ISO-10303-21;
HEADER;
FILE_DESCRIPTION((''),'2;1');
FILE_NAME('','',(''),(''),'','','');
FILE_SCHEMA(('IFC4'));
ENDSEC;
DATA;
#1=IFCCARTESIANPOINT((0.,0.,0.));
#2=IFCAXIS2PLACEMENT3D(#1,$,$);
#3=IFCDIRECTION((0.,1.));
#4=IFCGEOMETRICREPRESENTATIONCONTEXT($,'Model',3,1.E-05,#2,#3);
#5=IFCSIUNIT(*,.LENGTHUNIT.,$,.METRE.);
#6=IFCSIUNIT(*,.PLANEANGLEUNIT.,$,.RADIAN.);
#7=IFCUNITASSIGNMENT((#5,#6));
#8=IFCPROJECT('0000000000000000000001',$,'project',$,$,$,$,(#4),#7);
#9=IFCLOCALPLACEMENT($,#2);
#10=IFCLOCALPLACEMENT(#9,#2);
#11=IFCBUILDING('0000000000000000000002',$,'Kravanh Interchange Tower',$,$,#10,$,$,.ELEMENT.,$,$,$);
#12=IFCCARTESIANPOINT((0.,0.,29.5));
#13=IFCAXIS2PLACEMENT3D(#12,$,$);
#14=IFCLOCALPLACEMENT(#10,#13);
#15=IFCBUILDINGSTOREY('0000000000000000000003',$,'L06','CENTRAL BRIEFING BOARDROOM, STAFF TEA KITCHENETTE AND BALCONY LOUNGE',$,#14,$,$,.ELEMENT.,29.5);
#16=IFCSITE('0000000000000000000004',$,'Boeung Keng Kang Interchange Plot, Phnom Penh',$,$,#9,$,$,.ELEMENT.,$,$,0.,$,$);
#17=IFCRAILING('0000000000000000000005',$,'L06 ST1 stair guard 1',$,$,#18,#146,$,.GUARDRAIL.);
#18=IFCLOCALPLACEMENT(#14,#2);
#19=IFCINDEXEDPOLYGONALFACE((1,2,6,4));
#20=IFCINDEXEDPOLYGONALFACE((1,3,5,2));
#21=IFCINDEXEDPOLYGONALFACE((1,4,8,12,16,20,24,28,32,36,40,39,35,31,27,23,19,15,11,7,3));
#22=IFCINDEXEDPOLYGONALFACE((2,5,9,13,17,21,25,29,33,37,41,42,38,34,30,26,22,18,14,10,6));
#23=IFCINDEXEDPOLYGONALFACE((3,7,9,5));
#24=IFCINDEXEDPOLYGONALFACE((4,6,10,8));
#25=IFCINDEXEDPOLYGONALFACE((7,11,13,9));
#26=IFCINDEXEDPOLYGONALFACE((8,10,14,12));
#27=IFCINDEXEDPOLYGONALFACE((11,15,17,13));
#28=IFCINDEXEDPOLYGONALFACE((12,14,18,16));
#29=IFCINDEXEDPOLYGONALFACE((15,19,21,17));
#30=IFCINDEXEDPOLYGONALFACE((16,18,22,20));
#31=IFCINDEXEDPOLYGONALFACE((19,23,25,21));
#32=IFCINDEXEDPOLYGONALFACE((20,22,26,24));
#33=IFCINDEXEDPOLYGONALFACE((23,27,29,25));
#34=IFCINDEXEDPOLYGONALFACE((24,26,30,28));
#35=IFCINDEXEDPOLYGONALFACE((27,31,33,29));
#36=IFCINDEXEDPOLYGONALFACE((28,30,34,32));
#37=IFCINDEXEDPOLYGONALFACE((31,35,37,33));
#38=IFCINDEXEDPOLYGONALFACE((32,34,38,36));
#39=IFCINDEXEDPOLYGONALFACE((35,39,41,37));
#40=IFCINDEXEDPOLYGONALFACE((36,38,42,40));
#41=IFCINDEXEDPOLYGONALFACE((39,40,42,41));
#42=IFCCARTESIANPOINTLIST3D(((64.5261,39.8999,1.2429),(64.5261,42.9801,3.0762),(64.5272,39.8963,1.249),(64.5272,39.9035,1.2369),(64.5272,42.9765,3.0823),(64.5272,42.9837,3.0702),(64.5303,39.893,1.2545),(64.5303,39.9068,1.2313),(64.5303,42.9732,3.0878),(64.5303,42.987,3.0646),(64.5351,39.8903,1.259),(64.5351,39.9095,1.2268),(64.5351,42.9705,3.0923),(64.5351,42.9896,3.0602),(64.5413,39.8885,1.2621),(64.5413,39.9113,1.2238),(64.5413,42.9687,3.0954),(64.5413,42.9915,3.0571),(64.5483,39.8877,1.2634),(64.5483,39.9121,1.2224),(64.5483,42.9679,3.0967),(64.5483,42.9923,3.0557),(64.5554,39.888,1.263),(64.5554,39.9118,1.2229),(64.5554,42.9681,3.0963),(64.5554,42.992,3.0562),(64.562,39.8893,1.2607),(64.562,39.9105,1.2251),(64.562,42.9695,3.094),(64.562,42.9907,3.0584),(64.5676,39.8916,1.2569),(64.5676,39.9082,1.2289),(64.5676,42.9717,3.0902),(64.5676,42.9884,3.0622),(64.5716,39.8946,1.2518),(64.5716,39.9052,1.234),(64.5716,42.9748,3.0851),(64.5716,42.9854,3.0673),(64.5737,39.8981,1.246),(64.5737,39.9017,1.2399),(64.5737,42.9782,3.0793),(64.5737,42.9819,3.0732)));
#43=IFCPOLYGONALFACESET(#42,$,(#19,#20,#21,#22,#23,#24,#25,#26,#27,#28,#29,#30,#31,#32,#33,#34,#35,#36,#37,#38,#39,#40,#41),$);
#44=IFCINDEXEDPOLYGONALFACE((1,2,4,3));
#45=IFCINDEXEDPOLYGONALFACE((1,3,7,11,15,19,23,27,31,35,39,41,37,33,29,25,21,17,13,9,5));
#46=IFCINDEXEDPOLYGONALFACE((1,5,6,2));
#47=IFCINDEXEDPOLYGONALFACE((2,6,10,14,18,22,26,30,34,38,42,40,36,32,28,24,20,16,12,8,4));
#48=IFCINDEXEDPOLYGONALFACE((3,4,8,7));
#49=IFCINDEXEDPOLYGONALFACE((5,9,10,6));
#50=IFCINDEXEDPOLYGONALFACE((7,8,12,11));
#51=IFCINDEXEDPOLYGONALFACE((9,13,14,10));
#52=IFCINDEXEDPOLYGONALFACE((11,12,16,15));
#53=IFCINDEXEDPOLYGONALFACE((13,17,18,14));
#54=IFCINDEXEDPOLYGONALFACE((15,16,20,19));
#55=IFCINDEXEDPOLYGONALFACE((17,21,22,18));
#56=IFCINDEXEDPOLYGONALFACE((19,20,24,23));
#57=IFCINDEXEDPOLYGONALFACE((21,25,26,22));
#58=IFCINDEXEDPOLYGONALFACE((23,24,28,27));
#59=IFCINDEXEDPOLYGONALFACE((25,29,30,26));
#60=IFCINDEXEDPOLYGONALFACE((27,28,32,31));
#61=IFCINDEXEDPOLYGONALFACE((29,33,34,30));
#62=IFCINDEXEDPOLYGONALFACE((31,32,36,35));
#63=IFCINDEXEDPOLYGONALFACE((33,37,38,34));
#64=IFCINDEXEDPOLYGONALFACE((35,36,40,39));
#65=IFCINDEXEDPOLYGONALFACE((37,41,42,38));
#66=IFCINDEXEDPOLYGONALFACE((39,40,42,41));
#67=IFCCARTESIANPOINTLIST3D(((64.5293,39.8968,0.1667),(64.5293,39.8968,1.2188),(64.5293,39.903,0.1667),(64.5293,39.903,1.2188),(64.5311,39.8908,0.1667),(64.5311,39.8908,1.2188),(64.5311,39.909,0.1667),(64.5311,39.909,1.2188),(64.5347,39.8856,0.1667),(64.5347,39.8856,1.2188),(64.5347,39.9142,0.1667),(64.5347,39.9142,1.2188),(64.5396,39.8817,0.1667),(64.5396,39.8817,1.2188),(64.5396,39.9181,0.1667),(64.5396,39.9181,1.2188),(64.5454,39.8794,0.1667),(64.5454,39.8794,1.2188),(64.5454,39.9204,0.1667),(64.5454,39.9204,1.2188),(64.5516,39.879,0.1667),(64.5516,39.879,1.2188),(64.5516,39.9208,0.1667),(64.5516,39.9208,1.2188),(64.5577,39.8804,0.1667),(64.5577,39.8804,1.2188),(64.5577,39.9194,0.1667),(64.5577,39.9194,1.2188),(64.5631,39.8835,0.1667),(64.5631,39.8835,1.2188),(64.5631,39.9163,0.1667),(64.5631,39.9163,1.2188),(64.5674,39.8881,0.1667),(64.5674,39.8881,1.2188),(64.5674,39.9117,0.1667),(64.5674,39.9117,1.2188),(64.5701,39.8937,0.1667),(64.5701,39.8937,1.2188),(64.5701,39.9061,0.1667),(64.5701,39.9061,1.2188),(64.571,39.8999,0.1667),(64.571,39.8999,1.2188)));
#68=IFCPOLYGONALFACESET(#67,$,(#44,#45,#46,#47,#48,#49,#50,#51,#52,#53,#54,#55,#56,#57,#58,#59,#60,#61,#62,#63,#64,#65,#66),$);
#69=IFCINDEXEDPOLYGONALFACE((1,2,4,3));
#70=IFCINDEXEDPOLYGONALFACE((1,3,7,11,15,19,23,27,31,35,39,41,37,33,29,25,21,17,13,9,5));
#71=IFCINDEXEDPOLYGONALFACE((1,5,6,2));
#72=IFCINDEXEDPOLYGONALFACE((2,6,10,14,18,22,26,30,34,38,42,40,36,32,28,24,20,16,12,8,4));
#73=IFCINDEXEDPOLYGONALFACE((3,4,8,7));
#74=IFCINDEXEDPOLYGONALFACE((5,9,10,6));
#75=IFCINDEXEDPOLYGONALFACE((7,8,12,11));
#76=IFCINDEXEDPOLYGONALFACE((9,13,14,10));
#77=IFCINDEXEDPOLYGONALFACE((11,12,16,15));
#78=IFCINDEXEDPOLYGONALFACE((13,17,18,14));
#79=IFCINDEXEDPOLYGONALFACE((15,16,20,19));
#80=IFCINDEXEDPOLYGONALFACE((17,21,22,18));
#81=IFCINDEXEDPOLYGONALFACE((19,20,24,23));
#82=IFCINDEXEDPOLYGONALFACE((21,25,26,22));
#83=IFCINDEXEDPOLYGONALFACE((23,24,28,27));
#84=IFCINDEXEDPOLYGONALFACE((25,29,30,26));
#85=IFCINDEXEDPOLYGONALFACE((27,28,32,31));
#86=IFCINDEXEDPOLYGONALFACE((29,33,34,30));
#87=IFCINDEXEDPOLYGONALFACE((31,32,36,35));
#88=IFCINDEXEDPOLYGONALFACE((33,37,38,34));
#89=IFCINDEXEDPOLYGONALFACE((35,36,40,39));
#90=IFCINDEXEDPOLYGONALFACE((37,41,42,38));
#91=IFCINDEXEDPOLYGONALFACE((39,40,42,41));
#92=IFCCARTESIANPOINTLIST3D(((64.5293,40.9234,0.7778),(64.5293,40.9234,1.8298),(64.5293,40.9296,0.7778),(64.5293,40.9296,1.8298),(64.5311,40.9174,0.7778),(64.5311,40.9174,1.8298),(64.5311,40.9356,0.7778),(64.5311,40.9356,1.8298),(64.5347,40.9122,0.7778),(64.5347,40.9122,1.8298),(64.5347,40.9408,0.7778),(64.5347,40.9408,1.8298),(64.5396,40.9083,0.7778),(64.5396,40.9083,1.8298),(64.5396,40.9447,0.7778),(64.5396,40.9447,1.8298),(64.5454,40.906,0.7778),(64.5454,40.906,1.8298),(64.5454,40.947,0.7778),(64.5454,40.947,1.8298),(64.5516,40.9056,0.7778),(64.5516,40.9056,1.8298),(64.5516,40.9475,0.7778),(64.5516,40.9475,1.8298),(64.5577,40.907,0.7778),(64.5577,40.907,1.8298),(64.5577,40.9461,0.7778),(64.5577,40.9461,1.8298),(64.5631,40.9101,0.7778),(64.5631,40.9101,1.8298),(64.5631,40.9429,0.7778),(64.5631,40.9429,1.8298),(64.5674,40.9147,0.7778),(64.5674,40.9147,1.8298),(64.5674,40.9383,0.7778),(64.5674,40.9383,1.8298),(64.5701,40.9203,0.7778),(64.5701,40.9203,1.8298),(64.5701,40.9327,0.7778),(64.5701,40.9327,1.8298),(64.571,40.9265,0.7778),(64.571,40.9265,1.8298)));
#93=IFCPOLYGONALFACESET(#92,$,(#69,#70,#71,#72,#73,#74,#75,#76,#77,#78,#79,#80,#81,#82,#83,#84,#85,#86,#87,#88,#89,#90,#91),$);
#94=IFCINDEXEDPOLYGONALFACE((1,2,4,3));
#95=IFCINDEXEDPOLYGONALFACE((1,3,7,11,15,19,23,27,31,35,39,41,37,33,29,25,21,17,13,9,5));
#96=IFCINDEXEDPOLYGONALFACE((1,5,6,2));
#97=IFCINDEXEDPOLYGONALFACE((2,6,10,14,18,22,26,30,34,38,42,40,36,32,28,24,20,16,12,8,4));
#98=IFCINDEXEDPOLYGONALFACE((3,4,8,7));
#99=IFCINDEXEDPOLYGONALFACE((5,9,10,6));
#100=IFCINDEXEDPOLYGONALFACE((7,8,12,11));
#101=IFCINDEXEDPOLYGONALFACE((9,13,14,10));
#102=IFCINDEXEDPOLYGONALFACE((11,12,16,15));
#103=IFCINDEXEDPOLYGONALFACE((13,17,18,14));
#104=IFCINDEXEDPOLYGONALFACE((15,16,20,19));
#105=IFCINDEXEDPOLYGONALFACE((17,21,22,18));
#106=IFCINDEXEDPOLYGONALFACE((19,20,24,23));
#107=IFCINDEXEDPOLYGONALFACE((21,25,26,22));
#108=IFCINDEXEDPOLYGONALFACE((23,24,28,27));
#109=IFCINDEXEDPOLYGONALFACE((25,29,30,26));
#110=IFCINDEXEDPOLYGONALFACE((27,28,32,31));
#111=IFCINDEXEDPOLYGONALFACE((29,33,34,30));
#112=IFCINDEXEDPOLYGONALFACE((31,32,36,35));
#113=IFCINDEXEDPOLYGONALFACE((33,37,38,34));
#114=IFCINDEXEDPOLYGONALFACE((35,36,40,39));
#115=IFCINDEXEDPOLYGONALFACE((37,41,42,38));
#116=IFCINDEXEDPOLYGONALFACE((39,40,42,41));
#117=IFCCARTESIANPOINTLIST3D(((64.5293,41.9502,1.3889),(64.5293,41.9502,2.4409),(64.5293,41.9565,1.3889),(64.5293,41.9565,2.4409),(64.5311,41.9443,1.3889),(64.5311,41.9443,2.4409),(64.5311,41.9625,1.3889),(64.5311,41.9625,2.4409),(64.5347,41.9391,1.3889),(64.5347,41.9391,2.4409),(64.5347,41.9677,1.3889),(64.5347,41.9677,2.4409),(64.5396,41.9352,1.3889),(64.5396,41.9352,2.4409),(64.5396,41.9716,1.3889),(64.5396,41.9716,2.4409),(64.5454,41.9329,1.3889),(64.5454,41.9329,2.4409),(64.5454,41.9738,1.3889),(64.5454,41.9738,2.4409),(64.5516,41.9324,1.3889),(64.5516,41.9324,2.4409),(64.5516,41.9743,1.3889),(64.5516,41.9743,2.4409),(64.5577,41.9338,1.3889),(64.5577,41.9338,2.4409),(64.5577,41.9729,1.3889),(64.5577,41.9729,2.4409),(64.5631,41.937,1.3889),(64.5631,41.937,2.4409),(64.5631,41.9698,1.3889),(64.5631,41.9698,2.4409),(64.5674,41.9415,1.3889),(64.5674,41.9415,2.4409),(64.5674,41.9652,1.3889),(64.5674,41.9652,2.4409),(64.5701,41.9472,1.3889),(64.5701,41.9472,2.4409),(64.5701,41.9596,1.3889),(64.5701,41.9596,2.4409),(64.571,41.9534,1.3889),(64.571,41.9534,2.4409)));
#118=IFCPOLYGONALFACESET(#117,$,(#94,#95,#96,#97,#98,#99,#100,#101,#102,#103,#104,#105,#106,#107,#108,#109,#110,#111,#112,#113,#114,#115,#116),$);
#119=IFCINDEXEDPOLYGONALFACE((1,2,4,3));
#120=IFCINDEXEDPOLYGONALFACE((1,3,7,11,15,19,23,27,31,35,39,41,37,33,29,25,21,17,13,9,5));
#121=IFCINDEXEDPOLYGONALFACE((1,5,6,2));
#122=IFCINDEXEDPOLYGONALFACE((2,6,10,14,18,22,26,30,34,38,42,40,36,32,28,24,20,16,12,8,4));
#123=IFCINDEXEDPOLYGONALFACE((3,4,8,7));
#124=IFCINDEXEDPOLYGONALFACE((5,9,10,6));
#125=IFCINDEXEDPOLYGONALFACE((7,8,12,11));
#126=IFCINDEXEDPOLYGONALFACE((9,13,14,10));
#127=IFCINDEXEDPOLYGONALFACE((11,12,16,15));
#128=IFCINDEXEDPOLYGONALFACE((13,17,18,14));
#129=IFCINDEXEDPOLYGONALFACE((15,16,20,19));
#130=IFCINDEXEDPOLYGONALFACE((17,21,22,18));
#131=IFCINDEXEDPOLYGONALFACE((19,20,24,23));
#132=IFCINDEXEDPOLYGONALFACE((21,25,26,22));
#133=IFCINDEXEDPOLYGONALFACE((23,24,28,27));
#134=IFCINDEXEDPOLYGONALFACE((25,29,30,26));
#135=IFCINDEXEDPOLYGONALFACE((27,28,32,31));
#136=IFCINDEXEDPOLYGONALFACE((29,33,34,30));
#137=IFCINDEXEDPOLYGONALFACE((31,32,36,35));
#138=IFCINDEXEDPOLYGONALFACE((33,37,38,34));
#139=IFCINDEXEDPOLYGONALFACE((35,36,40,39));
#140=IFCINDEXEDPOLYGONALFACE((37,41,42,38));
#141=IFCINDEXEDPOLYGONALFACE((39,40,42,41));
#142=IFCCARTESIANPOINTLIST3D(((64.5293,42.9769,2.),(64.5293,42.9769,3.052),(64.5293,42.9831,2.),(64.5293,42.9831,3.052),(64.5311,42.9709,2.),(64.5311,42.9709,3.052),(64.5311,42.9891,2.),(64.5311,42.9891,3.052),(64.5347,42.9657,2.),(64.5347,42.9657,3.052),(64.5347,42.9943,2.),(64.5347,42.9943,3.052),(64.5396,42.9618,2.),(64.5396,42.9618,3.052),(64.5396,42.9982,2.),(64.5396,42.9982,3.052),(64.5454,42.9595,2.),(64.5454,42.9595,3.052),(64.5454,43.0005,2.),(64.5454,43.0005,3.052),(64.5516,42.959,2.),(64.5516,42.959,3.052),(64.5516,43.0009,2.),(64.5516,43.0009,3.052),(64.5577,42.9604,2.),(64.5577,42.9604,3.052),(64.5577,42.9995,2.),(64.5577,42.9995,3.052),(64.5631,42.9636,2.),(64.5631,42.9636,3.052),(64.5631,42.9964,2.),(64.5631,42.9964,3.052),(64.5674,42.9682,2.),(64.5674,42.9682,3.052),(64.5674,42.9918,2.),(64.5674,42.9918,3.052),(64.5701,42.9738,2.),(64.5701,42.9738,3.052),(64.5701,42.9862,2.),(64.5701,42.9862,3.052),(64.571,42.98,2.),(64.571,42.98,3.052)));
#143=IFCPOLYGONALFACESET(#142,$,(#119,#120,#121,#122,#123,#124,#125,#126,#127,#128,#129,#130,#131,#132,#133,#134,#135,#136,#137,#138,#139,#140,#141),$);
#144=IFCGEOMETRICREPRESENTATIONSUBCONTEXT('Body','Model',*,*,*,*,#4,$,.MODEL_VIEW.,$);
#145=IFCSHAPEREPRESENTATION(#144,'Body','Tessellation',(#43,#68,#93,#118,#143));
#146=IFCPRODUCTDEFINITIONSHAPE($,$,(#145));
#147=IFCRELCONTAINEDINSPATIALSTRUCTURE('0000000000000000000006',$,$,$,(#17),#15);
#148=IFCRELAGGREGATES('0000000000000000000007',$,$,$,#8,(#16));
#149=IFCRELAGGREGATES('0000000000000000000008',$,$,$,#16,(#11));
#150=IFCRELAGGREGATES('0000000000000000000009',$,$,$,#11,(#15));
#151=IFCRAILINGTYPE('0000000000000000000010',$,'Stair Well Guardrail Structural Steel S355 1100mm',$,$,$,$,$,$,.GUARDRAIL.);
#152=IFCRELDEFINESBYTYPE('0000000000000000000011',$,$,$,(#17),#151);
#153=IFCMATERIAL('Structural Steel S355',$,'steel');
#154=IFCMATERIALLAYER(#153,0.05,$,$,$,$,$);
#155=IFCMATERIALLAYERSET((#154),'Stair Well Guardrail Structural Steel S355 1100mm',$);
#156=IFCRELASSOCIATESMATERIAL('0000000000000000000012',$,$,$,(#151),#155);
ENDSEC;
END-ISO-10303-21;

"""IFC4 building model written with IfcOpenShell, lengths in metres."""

from ifc_helpers import new_model, si_unit, direction, frame, origin, origin_2d, place, context, subcontext, project, spatial, circle, extrude, material, layer, layer_set, type_object, element, save


model = new_model("IFC4")

# Units and contexts
model_context = context("Model", 3, precision=1e-05, world=origin(), true_north=direction((0.0, 1.0)))
body_context = subcontext(model_context, "Body", "Model", "MODEL_VIEW")
ifc_project = project(units=[si_unit("LENGTHUNIT", "METRE"), si_unit("PLANEANGLEUNIT", "RADIAN")], contexts=[model_context])

# Site, building, storey
site_placement = place(None, origin())
site = spatial("IfcSite", under=ifc_project, at=site_placement, Name="Boeung Keng Kang Interchange Plot, Phnom Penh", CompositionType="ELEMENT", RefElevation=0.0)
building_placement = place(site_placement, origin())
building = spatial("IfcBuilding", under=site, at=building_placement, Name="Kravanh Interchange Tower", CompositionType="ELEMENT")
storey_placement = place(building_placement, frame((0.0, 0.0, 29.5)))
storey = spatial("IfcBuildingStorey", under=building, at=storey_placement, Name="L06", Description="CENTRAL BRIEFING BOARDROOM, STAFF TEA KITCHENETTE AND BALCONY LOUNGE", CompositionType="ELEMENT", Elevation=29.5)

# Railing
ifc_material_1 = material(Name="Structural Steel S355", Category="steel")
ifc_layer_1 = layer(ifc_material_1, 0.05)
ifc_layer_set_1 = layer_set([ifc_layer_1], Name="Stair Well Guardrail Structural Steel S355 1100mm")
railing_type_1 = type_object("IfcRailingType", Name="Stair Well Guardrail Structural Steel S355 1100mm", PredefinedType="GUARDRAIL", material=ifc_layer_set_1)
railing_1_placement = place(storey_placement, frame((64.55, 39.8999, 0.1667)))
element("IfcRailing", 1, at=railing_1_placement, inside=storey, type_object=railing_type_1, Name="L06 ST1 stair guard 1", PredefinedType="GUARDRAIL", context=body_context, shape_type="SweptSolid", body=[
    extrude(circle(Radius=0.0239, at=origin_2d()), frame((0.0, 0.0, 1.0762), z_axis=(0.0, 0.859309, 0.511458), x_axis=(-1.0, 0.0, 0.0)), (0.0, 0.0, 1.0), 3.5845),
    extrude(circle(Radius=0.021, at=origin_2d()), origin(), (0.0, 0.0, 1.0), 1.052),
    extrude(circle(Radius=0.021, at=origin_2d()), frame((0.0, 1.0266, 0.6111)), (0.0, 0.0, 1.0), 1.052),
    extrude(circle(Radius=0.021, at=origin_2d()), frame((0.0, 2.0535, 1.2222)), (0.0, 0.0, 1.0), 1.052),
    extrude(circle(Radius=0.021, at=origin_2d()), frame((0.0, 3.0801, 1.8333)), (0.0, 0.0, 1.0), 1.052),
])

save(model, "model.ifc")
